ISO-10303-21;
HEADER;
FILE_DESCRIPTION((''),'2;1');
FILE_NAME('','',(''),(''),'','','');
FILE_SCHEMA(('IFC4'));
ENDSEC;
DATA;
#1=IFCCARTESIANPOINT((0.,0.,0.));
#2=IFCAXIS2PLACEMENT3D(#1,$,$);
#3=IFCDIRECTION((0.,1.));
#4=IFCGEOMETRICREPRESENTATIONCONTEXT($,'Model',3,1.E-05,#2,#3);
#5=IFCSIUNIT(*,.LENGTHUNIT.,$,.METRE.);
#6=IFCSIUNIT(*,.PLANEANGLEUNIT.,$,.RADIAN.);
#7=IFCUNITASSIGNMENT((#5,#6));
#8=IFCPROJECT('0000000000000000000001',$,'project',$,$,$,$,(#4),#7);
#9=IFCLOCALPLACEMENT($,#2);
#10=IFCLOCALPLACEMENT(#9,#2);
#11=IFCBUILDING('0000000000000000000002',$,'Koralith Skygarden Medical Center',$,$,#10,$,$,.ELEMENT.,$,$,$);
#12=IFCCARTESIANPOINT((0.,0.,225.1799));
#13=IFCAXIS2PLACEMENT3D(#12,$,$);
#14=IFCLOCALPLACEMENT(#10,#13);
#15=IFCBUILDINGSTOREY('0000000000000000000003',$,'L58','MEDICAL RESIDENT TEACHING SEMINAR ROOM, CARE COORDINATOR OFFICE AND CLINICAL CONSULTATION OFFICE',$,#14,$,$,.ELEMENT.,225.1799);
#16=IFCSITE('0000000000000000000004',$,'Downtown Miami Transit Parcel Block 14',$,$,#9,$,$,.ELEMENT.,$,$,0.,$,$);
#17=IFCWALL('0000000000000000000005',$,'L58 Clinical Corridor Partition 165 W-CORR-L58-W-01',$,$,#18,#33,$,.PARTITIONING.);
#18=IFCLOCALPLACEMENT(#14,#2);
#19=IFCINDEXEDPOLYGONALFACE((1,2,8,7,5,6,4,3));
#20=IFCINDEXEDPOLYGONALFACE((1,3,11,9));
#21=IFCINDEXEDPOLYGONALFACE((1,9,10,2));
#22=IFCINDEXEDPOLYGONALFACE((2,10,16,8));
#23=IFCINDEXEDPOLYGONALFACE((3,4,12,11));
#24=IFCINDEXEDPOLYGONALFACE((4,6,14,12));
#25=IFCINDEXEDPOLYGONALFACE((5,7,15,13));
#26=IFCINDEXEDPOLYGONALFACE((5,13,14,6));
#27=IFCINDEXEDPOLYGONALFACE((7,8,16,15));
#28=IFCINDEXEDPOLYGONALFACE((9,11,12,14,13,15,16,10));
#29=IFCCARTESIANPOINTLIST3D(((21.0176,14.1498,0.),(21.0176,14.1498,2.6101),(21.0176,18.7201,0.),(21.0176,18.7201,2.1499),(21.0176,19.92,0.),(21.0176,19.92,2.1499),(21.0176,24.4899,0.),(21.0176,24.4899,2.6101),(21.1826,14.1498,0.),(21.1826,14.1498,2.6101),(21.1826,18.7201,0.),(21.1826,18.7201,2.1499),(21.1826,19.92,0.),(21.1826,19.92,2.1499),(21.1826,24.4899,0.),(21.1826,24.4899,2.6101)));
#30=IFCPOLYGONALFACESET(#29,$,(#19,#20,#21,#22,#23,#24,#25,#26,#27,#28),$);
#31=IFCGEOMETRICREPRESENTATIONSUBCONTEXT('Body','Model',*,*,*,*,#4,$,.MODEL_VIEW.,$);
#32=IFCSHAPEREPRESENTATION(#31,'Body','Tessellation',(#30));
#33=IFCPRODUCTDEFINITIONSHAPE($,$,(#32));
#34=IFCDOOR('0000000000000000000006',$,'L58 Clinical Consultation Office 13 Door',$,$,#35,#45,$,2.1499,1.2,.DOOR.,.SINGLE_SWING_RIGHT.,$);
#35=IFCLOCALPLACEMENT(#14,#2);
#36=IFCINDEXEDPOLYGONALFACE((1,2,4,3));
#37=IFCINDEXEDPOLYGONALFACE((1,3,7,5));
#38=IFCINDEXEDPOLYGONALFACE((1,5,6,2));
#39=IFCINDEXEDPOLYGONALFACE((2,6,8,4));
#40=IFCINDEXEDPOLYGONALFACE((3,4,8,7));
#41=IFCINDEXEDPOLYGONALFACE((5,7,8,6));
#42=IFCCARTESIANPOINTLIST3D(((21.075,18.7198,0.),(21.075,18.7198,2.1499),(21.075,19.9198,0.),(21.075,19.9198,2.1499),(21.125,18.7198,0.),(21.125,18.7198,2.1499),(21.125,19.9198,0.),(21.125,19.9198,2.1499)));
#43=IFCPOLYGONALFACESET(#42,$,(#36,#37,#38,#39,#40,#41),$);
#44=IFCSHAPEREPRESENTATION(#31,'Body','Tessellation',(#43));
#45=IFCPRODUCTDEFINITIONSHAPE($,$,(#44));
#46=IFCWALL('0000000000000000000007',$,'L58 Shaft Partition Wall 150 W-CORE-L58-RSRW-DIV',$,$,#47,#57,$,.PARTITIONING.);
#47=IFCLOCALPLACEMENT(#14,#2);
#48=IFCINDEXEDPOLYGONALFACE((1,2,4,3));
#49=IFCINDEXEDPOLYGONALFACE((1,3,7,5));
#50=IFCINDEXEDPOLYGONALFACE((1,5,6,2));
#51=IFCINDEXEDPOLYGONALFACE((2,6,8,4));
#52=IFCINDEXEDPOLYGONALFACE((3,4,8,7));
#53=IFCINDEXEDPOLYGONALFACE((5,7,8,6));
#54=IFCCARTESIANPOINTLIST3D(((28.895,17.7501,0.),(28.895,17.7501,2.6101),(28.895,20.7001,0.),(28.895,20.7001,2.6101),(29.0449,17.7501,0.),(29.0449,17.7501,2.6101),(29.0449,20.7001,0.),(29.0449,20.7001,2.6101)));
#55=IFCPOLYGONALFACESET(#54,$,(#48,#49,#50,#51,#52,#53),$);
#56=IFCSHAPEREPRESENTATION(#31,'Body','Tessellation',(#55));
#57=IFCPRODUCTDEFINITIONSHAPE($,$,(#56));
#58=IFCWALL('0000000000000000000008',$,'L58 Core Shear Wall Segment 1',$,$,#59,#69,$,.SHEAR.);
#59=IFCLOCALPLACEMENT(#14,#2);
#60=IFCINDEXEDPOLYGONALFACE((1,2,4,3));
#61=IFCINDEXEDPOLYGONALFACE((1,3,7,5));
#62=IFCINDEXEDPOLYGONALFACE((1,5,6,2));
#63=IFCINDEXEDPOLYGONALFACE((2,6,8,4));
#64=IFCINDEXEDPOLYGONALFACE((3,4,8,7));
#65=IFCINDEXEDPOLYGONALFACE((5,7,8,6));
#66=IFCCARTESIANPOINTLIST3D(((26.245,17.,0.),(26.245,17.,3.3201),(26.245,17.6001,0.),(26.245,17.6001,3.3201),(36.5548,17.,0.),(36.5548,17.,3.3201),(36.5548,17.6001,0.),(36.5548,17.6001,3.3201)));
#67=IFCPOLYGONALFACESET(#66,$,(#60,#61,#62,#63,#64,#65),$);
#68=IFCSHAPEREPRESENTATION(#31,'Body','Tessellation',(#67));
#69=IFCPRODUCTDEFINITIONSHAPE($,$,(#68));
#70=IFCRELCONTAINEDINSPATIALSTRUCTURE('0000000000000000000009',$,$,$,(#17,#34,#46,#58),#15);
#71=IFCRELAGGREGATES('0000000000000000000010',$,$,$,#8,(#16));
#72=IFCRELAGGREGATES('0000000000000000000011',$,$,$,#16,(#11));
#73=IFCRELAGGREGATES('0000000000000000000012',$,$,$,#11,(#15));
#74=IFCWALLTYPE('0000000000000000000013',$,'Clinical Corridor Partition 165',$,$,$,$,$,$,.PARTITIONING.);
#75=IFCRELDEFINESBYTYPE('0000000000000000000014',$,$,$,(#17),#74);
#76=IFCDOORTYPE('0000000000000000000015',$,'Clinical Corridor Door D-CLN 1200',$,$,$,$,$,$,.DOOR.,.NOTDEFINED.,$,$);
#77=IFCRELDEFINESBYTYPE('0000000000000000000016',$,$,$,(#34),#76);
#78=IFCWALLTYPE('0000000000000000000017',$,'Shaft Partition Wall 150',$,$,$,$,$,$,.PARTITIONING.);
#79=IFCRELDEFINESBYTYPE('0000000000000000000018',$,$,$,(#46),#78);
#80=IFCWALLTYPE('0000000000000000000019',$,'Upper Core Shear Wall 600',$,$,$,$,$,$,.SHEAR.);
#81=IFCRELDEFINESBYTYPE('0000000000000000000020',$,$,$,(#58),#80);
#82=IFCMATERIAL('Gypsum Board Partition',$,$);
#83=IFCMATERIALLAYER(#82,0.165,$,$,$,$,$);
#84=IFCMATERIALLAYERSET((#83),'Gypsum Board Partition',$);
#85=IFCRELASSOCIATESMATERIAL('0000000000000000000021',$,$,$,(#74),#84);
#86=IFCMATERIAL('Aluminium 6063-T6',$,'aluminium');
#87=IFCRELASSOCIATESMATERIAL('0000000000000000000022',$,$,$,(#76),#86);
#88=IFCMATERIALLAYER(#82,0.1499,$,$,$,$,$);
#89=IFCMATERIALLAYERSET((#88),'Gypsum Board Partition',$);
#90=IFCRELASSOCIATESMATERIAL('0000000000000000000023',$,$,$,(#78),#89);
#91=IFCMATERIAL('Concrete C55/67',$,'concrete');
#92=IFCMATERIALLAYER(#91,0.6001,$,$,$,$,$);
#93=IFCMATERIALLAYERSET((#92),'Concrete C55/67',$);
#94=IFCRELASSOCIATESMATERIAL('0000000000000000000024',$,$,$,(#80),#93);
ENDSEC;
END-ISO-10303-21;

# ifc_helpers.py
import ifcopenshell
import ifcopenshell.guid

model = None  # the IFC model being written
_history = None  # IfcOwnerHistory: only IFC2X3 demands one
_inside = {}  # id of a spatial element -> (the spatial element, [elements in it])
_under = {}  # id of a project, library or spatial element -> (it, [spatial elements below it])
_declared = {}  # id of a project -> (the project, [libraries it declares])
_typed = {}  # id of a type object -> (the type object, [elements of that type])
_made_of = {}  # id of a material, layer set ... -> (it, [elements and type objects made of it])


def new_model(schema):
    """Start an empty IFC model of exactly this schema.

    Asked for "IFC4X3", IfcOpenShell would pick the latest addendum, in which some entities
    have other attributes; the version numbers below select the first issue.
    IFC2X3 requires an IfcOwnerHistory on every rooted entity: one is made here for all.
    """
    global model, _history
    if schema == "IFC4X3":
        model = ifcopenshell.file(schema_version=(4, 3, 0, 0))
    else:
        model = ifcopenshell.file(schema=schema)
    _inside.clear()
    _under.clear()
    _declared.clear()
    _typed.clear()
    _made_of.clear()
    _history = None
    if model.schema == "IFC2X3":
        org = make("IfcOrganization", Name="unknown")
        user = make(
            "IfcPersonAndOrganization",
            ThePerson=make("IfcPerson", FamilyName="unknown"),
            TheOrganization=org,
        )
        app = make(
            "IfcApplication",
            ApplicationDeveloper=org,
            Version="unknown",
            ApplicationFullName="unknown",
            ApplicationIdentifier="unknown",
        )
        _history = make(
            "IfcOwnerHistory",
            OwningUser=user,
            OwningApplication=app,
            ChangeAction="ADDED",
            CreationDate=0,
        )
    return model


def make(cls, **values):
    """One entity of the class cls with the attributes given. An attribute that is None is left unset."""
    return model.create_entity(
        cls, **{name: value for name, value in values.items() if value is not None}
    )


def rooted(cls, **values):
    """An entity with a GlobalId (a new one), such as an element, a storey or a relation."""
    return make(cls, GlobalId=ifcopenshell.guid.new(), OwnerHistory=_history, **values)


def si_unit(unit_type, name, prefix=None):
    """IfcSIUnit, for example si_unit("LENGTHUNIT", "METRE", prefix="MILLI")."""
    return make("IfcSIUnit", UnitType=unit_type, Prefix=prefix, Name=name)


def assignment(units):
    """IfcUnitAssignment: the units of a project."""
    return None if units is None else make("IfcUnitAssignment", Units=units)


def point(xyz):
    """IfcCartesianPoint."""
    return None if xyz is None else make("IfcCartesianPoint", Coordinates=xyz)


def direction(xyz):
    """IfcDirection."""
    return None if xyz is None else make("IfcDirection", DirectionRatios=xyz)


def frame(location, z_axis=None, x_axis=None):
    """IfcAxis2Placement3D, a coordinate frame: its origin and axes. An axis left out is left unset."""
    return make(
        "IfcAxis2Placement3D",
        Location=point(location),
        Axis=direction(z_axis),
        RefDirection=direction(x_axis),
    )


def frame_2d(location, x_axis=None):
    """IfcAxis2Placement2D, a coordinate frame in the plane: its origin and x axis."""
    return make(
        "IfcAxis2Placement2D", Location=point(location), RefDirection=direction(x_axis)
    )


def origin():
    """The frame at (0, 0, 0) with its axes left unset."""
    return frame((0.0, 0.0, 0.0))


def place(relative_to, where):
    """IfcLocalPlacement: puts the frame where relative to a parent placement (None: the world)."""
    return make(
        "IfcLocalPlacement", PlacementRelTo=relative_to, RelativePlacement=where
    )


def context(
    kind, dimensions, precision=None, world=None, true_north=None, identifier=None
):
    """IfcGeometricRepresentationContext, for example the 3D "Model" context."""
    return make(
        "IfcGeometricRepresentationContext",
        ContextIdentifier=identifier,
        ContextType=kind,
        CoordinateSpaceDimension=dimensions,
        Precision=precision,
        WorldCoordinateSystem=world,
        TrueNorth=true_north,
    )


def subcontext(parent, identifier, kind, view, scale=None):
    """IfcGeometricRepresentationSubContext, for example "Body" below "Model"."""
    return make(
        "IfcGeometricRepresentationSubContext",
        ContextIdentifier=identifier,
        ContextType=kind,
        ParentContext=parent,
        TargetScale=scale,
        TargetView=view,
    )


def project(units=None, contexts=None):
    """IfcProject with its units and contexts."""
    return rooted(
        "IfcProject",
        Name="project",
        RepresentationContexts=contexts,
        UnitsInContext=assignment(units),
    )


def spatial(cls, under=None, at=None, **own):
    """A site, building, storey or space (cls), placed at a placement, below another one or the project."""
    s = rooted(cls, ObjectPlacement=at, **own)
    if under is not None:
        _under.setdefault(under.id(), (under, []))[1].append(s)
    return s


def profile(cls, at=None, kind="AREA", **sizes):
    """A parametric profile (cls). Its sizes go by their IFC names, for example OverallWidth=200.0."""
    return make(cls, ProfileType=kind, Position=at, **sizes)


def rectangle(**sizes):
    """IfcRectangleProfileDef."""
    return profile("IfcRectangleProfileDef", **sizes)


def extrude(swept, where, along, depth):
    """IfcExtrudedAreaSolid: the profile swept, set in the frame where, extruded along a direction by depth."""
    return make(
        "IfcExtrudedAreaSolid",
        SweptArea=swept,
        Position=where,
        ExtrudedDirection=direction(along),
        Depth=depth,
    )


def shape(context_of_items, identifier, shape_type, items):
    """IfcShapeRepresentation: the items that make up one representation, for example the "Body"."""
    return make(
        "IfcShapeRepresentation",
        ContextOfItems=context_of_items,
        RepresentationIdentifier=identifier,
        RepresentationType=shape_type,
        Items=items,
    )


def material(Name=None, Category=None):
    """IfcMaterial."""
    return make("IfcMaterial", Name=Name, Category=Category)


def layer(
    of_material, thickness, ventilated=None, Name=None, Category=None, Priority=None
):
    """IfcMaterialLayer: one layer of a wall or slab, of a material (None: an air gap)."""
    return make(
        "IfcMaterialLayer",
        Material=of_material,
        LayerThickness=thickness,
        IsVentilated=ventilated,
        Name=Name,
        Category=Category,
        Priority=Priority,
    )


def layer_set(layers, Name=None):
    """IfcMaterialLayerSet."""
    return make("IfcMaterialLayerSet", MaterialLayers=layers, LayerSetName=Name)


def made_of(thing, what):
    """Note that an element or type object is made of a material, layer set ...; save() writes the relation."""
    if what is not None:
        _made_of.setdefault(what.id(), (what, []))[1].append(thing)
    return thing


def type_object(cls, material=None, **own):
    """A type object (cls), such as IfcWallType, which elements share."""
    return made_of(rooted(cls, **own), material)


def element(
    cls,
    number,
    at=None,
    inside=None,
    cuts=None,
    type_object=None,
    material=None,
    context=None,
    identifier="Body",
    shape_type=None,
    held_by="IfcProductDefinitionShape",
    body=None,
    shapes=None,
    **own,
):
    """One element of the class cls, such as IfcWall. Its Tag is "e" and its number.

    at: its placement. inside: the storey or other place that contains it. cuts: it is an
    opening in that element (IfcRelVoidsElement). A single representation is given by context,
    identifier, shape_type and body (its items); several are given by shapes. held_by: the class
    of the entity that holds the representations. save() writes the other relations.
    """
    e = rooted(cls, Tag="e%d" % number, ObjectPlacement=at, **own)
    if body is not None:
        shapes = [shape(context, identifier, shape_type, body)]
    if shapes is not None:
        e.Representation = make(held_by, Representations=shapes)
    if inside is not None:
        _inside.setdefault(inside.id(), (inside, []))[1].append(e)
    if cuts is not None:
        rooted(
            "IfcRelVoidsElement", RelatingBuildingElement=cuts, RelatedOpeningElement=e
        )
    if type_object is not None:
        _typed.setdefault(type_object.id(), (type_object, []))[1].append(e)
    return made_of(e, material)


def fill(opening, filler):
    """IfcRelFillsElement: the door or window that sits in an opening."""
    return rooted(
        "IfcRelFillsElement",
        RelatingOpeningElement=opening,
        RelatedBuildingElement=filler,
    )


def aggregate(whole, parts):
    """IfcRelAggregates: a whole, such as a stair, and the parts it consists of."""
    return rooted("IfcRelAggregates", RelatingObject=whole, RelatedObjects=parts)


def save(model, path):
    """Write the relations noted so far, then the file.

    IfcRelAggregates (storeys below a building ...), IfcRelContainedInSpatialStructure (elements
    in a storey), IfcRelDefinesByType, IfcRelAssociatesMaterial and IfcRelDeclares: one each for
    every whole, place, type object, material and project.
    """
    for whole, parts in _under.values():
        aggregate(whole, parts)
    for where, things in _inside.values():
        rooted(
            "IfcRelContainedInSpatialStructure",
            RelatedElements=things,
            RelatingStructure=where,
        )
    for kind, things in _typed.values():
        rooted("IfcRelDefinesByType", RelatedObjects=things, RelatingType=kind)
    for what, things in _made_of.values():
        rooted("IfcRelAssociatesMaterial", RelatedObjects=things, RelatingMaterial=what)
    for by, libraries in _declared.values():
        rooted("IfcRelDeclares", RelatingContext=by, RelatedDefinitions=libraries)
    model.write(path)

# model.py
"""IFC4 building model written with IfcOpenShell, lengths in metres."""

from ifc_helpers import new_model, si_unit, direction, frame, frame_2d, origin, place, context, subcontext, project, spatial, rectangle, extrude, material, layer, layer_set, type_object, element, fill, save


model = new_model("IFC4")

# Units and contexts
model_context = context("Model", 3, precision=1e-05, world=origin(), true_north=direction((0.0, 1.0)))
body_context = subcontext(model_context, "Body", "Model", "MODEL_VIEW")
ifc_project = project(units=[si_unit("LENGTHUNIT", "METRE"), si_unit("PLANEANGLEUNIT", "RADIAN")], contexts=[model_context])

# Site, building, storey
site_placement = place(None, origin())
site = spatial("IfcSite", under=ifc_project, at=site_placement, Name="Downtown Miami Transit Parcel Block 14", CompositionType="ELEMENT", RefElevation=0.0)
building_placement = place(site_placement, origin())
building = spatial("IfcBuilding", under=site, at=building_placement, Name="Koralith Skygarden Medical Center", CompositionType="ELEMENT")
storey_placement = place(building_placement, frame((0.0, 0.0, 225.1799)))
storey = spatial("IfcBuildingStorey", under=building, at=storey_placement, Name="L58", Description="MEDICAL RESIDENT TEACHING SEMINAR ROOM, CARE COORDINATOR OFFICE AND CLINICAL CONSULTATION OFFICE", CompositionType="ELEMENT", Elevation=225.1799)

# Shared definitions
ifc_material_1 = material(Name="Concrete C55/67", Category="concrete")

# Shared definitions
ifc_material_2 = material(Name="Aluminium 6063-T6", Category="aluminium")

# Shared definitions
ifc_material_3 = material(Name="Gypsum Board Partition")

# Wall, opening, door
ifc_layer_1 = layer(ifc_material_3, 0.165)
ifc_layer_set_1 = layer_set([ifc_layer_1], Name="Gypsum Board Partition")
wall_type_1 = type_object("IfcWallType", Name="Clinical Corridor Partition 165", PredefinedType="PARTITIONING", material=ifc_layer_set_1)
door_type_1 = type_object("IfcDoorType", Name="Clinical Corridor Door D-CLN 1200", OperationType="NOTDEFINED", PredefinedType="DOOR", material=ifc_material_2)
wall_1_placement = place(storey_placement, frame((21.1001, 14.1499, 0.0), z_axis=(0.0, 0.0, 1.0), x_axis=(0.0, 1.0, 0.0)))
wall_1 = element("IfcWall", 1, at=wall_1_placement, inside=storey, type_object=wall_type_1, Name="L58 Clinical Corridor Partition 165 W-CORR-L58-W-01", PredefinedType="PARTITIONING", context=body_context, shape_type="SweptSolid", body=[
    extrude(rectangle(XDim=10.3401, YDim=0.165, at=frame_2d((5.1699, 0.0))), origin(), (0.0, 0.0, 1.0), 2.6101),
])
opening_1_placement = place(wall_1_placement, frame((4.5701, 0.0, 0.0)))
opening_1 = element("IfcOpeningElement", 2, at=opening_1_placement, cuts=wall_1, PredefinedType="OPENING", context=body_context, shape_type="SweptSolid", body=[
    extrude(rectangle(XDim=1.2, YDim=2.1499, at=frame_2d((0.6001, 1.075))), frame((0.0, 0.0925, 0.0), z_axis=(0.0, -1.0, 0.0), x_axis=(1.0, 0.0, 0.0)), (0.0, 0.0, 1.0), 0.1851),
])
door_1_placement = place(opening_1_placement, frame((1.2, 0.0, 0.0), z_axis=(0.0, 0.0, 1.0), x_axis=(-1.0, 0.0, 0.0)))
door_1 = element("IfcDoor", 3, at=door_1_placement, inside=storey, type_object=door_type_1, Name="L58 Clinical Consultation Office 13 Door", OperationType="SINGLE_SWING_RIGHT", OverallHeight=2.1499, OverallWidth=1.2, PredefinedType="DOOR", context=body_context, shape_type="SweptSolid", body=[
    extrude(rectangle(XDim=1.2, YDim=2.1499, at=frame_2d((0.6001, 1.075))), frame((0.0, 0.0249, 0.0), z_axis=(0.0, -1.0, 0.0), x_axis=(1.0, 0.0, 0.0)), (0.0, 0.0, 1.0), 0.05),
])
fill(opening_1, door_1)

# Walls
ifc_layer_2 = layer(ifc_material_3, 0.1499)
ifc_layer_set_2 = layer_set([ifc_layer_2], Name="Gypsum Board Partition")
wall_type_2 = type_object("IfcWallType", Name="Shaft Partition Wall 150", PredefinedType="PARTITIONING", material=ifc_layer_set_2)
wall_2_placement = place(storey_placement, frame((28.97, 17.75, 0.0), z_axis=(0.0, 0.0, 1.0), x_axis=(0.0, 1.0, 0.0)))
element("IfcWall", 4, at=wall_2_placement, inside=storey, type_object=wall_type_2, Name="L58 Shaft Partition Wall 150 W-CORE-L58-RSRW-DIV", PredefinedType="PARTITIONING", context=body_context, shape_type="SweptSolid", body=[
    extrude(rectangle(XDim=2.95, YDim=0.1499, at=frame_2d((1.4751, 0.0))), origin(), (0.0, 0.0, 1.0), 2.6101),
])
ifc_layer_3 = layer(ifc_material_1, 0.6001)
ifc_layer_set_3 = layer_set([ifc_layer_3], Name="Concrete C55/67")
wall_type_3 = type_object("IfcWallType", Name="Upper Core Shear Wall 600", PredefinedType="SHEAR", material=ifc_layer_set_3)
wall_3_placement = place(storey_placement, frame((26.2451, 17.3, 0.0), z_axis=(0.0, 0.0, 1.0), x_axis=(1.0, 0.0, 0.0)))
element("IfcWall", 5, at=wall_3_placement, inside=storey, type_object=wall_type_3, Name="L58 Core Shear Wall Segment 1", PredefinedType="SHEAR", context=body_context, shape_type="SweptSolid", body=[
    extrude(rectangle(XDim=10.3098, YDim=0.6001, at=frame_2d((5.1548, 0.0))), origin(), (0.0, 0.0, 1.0), 3.3201),
])

save(model, "model.ifc")
